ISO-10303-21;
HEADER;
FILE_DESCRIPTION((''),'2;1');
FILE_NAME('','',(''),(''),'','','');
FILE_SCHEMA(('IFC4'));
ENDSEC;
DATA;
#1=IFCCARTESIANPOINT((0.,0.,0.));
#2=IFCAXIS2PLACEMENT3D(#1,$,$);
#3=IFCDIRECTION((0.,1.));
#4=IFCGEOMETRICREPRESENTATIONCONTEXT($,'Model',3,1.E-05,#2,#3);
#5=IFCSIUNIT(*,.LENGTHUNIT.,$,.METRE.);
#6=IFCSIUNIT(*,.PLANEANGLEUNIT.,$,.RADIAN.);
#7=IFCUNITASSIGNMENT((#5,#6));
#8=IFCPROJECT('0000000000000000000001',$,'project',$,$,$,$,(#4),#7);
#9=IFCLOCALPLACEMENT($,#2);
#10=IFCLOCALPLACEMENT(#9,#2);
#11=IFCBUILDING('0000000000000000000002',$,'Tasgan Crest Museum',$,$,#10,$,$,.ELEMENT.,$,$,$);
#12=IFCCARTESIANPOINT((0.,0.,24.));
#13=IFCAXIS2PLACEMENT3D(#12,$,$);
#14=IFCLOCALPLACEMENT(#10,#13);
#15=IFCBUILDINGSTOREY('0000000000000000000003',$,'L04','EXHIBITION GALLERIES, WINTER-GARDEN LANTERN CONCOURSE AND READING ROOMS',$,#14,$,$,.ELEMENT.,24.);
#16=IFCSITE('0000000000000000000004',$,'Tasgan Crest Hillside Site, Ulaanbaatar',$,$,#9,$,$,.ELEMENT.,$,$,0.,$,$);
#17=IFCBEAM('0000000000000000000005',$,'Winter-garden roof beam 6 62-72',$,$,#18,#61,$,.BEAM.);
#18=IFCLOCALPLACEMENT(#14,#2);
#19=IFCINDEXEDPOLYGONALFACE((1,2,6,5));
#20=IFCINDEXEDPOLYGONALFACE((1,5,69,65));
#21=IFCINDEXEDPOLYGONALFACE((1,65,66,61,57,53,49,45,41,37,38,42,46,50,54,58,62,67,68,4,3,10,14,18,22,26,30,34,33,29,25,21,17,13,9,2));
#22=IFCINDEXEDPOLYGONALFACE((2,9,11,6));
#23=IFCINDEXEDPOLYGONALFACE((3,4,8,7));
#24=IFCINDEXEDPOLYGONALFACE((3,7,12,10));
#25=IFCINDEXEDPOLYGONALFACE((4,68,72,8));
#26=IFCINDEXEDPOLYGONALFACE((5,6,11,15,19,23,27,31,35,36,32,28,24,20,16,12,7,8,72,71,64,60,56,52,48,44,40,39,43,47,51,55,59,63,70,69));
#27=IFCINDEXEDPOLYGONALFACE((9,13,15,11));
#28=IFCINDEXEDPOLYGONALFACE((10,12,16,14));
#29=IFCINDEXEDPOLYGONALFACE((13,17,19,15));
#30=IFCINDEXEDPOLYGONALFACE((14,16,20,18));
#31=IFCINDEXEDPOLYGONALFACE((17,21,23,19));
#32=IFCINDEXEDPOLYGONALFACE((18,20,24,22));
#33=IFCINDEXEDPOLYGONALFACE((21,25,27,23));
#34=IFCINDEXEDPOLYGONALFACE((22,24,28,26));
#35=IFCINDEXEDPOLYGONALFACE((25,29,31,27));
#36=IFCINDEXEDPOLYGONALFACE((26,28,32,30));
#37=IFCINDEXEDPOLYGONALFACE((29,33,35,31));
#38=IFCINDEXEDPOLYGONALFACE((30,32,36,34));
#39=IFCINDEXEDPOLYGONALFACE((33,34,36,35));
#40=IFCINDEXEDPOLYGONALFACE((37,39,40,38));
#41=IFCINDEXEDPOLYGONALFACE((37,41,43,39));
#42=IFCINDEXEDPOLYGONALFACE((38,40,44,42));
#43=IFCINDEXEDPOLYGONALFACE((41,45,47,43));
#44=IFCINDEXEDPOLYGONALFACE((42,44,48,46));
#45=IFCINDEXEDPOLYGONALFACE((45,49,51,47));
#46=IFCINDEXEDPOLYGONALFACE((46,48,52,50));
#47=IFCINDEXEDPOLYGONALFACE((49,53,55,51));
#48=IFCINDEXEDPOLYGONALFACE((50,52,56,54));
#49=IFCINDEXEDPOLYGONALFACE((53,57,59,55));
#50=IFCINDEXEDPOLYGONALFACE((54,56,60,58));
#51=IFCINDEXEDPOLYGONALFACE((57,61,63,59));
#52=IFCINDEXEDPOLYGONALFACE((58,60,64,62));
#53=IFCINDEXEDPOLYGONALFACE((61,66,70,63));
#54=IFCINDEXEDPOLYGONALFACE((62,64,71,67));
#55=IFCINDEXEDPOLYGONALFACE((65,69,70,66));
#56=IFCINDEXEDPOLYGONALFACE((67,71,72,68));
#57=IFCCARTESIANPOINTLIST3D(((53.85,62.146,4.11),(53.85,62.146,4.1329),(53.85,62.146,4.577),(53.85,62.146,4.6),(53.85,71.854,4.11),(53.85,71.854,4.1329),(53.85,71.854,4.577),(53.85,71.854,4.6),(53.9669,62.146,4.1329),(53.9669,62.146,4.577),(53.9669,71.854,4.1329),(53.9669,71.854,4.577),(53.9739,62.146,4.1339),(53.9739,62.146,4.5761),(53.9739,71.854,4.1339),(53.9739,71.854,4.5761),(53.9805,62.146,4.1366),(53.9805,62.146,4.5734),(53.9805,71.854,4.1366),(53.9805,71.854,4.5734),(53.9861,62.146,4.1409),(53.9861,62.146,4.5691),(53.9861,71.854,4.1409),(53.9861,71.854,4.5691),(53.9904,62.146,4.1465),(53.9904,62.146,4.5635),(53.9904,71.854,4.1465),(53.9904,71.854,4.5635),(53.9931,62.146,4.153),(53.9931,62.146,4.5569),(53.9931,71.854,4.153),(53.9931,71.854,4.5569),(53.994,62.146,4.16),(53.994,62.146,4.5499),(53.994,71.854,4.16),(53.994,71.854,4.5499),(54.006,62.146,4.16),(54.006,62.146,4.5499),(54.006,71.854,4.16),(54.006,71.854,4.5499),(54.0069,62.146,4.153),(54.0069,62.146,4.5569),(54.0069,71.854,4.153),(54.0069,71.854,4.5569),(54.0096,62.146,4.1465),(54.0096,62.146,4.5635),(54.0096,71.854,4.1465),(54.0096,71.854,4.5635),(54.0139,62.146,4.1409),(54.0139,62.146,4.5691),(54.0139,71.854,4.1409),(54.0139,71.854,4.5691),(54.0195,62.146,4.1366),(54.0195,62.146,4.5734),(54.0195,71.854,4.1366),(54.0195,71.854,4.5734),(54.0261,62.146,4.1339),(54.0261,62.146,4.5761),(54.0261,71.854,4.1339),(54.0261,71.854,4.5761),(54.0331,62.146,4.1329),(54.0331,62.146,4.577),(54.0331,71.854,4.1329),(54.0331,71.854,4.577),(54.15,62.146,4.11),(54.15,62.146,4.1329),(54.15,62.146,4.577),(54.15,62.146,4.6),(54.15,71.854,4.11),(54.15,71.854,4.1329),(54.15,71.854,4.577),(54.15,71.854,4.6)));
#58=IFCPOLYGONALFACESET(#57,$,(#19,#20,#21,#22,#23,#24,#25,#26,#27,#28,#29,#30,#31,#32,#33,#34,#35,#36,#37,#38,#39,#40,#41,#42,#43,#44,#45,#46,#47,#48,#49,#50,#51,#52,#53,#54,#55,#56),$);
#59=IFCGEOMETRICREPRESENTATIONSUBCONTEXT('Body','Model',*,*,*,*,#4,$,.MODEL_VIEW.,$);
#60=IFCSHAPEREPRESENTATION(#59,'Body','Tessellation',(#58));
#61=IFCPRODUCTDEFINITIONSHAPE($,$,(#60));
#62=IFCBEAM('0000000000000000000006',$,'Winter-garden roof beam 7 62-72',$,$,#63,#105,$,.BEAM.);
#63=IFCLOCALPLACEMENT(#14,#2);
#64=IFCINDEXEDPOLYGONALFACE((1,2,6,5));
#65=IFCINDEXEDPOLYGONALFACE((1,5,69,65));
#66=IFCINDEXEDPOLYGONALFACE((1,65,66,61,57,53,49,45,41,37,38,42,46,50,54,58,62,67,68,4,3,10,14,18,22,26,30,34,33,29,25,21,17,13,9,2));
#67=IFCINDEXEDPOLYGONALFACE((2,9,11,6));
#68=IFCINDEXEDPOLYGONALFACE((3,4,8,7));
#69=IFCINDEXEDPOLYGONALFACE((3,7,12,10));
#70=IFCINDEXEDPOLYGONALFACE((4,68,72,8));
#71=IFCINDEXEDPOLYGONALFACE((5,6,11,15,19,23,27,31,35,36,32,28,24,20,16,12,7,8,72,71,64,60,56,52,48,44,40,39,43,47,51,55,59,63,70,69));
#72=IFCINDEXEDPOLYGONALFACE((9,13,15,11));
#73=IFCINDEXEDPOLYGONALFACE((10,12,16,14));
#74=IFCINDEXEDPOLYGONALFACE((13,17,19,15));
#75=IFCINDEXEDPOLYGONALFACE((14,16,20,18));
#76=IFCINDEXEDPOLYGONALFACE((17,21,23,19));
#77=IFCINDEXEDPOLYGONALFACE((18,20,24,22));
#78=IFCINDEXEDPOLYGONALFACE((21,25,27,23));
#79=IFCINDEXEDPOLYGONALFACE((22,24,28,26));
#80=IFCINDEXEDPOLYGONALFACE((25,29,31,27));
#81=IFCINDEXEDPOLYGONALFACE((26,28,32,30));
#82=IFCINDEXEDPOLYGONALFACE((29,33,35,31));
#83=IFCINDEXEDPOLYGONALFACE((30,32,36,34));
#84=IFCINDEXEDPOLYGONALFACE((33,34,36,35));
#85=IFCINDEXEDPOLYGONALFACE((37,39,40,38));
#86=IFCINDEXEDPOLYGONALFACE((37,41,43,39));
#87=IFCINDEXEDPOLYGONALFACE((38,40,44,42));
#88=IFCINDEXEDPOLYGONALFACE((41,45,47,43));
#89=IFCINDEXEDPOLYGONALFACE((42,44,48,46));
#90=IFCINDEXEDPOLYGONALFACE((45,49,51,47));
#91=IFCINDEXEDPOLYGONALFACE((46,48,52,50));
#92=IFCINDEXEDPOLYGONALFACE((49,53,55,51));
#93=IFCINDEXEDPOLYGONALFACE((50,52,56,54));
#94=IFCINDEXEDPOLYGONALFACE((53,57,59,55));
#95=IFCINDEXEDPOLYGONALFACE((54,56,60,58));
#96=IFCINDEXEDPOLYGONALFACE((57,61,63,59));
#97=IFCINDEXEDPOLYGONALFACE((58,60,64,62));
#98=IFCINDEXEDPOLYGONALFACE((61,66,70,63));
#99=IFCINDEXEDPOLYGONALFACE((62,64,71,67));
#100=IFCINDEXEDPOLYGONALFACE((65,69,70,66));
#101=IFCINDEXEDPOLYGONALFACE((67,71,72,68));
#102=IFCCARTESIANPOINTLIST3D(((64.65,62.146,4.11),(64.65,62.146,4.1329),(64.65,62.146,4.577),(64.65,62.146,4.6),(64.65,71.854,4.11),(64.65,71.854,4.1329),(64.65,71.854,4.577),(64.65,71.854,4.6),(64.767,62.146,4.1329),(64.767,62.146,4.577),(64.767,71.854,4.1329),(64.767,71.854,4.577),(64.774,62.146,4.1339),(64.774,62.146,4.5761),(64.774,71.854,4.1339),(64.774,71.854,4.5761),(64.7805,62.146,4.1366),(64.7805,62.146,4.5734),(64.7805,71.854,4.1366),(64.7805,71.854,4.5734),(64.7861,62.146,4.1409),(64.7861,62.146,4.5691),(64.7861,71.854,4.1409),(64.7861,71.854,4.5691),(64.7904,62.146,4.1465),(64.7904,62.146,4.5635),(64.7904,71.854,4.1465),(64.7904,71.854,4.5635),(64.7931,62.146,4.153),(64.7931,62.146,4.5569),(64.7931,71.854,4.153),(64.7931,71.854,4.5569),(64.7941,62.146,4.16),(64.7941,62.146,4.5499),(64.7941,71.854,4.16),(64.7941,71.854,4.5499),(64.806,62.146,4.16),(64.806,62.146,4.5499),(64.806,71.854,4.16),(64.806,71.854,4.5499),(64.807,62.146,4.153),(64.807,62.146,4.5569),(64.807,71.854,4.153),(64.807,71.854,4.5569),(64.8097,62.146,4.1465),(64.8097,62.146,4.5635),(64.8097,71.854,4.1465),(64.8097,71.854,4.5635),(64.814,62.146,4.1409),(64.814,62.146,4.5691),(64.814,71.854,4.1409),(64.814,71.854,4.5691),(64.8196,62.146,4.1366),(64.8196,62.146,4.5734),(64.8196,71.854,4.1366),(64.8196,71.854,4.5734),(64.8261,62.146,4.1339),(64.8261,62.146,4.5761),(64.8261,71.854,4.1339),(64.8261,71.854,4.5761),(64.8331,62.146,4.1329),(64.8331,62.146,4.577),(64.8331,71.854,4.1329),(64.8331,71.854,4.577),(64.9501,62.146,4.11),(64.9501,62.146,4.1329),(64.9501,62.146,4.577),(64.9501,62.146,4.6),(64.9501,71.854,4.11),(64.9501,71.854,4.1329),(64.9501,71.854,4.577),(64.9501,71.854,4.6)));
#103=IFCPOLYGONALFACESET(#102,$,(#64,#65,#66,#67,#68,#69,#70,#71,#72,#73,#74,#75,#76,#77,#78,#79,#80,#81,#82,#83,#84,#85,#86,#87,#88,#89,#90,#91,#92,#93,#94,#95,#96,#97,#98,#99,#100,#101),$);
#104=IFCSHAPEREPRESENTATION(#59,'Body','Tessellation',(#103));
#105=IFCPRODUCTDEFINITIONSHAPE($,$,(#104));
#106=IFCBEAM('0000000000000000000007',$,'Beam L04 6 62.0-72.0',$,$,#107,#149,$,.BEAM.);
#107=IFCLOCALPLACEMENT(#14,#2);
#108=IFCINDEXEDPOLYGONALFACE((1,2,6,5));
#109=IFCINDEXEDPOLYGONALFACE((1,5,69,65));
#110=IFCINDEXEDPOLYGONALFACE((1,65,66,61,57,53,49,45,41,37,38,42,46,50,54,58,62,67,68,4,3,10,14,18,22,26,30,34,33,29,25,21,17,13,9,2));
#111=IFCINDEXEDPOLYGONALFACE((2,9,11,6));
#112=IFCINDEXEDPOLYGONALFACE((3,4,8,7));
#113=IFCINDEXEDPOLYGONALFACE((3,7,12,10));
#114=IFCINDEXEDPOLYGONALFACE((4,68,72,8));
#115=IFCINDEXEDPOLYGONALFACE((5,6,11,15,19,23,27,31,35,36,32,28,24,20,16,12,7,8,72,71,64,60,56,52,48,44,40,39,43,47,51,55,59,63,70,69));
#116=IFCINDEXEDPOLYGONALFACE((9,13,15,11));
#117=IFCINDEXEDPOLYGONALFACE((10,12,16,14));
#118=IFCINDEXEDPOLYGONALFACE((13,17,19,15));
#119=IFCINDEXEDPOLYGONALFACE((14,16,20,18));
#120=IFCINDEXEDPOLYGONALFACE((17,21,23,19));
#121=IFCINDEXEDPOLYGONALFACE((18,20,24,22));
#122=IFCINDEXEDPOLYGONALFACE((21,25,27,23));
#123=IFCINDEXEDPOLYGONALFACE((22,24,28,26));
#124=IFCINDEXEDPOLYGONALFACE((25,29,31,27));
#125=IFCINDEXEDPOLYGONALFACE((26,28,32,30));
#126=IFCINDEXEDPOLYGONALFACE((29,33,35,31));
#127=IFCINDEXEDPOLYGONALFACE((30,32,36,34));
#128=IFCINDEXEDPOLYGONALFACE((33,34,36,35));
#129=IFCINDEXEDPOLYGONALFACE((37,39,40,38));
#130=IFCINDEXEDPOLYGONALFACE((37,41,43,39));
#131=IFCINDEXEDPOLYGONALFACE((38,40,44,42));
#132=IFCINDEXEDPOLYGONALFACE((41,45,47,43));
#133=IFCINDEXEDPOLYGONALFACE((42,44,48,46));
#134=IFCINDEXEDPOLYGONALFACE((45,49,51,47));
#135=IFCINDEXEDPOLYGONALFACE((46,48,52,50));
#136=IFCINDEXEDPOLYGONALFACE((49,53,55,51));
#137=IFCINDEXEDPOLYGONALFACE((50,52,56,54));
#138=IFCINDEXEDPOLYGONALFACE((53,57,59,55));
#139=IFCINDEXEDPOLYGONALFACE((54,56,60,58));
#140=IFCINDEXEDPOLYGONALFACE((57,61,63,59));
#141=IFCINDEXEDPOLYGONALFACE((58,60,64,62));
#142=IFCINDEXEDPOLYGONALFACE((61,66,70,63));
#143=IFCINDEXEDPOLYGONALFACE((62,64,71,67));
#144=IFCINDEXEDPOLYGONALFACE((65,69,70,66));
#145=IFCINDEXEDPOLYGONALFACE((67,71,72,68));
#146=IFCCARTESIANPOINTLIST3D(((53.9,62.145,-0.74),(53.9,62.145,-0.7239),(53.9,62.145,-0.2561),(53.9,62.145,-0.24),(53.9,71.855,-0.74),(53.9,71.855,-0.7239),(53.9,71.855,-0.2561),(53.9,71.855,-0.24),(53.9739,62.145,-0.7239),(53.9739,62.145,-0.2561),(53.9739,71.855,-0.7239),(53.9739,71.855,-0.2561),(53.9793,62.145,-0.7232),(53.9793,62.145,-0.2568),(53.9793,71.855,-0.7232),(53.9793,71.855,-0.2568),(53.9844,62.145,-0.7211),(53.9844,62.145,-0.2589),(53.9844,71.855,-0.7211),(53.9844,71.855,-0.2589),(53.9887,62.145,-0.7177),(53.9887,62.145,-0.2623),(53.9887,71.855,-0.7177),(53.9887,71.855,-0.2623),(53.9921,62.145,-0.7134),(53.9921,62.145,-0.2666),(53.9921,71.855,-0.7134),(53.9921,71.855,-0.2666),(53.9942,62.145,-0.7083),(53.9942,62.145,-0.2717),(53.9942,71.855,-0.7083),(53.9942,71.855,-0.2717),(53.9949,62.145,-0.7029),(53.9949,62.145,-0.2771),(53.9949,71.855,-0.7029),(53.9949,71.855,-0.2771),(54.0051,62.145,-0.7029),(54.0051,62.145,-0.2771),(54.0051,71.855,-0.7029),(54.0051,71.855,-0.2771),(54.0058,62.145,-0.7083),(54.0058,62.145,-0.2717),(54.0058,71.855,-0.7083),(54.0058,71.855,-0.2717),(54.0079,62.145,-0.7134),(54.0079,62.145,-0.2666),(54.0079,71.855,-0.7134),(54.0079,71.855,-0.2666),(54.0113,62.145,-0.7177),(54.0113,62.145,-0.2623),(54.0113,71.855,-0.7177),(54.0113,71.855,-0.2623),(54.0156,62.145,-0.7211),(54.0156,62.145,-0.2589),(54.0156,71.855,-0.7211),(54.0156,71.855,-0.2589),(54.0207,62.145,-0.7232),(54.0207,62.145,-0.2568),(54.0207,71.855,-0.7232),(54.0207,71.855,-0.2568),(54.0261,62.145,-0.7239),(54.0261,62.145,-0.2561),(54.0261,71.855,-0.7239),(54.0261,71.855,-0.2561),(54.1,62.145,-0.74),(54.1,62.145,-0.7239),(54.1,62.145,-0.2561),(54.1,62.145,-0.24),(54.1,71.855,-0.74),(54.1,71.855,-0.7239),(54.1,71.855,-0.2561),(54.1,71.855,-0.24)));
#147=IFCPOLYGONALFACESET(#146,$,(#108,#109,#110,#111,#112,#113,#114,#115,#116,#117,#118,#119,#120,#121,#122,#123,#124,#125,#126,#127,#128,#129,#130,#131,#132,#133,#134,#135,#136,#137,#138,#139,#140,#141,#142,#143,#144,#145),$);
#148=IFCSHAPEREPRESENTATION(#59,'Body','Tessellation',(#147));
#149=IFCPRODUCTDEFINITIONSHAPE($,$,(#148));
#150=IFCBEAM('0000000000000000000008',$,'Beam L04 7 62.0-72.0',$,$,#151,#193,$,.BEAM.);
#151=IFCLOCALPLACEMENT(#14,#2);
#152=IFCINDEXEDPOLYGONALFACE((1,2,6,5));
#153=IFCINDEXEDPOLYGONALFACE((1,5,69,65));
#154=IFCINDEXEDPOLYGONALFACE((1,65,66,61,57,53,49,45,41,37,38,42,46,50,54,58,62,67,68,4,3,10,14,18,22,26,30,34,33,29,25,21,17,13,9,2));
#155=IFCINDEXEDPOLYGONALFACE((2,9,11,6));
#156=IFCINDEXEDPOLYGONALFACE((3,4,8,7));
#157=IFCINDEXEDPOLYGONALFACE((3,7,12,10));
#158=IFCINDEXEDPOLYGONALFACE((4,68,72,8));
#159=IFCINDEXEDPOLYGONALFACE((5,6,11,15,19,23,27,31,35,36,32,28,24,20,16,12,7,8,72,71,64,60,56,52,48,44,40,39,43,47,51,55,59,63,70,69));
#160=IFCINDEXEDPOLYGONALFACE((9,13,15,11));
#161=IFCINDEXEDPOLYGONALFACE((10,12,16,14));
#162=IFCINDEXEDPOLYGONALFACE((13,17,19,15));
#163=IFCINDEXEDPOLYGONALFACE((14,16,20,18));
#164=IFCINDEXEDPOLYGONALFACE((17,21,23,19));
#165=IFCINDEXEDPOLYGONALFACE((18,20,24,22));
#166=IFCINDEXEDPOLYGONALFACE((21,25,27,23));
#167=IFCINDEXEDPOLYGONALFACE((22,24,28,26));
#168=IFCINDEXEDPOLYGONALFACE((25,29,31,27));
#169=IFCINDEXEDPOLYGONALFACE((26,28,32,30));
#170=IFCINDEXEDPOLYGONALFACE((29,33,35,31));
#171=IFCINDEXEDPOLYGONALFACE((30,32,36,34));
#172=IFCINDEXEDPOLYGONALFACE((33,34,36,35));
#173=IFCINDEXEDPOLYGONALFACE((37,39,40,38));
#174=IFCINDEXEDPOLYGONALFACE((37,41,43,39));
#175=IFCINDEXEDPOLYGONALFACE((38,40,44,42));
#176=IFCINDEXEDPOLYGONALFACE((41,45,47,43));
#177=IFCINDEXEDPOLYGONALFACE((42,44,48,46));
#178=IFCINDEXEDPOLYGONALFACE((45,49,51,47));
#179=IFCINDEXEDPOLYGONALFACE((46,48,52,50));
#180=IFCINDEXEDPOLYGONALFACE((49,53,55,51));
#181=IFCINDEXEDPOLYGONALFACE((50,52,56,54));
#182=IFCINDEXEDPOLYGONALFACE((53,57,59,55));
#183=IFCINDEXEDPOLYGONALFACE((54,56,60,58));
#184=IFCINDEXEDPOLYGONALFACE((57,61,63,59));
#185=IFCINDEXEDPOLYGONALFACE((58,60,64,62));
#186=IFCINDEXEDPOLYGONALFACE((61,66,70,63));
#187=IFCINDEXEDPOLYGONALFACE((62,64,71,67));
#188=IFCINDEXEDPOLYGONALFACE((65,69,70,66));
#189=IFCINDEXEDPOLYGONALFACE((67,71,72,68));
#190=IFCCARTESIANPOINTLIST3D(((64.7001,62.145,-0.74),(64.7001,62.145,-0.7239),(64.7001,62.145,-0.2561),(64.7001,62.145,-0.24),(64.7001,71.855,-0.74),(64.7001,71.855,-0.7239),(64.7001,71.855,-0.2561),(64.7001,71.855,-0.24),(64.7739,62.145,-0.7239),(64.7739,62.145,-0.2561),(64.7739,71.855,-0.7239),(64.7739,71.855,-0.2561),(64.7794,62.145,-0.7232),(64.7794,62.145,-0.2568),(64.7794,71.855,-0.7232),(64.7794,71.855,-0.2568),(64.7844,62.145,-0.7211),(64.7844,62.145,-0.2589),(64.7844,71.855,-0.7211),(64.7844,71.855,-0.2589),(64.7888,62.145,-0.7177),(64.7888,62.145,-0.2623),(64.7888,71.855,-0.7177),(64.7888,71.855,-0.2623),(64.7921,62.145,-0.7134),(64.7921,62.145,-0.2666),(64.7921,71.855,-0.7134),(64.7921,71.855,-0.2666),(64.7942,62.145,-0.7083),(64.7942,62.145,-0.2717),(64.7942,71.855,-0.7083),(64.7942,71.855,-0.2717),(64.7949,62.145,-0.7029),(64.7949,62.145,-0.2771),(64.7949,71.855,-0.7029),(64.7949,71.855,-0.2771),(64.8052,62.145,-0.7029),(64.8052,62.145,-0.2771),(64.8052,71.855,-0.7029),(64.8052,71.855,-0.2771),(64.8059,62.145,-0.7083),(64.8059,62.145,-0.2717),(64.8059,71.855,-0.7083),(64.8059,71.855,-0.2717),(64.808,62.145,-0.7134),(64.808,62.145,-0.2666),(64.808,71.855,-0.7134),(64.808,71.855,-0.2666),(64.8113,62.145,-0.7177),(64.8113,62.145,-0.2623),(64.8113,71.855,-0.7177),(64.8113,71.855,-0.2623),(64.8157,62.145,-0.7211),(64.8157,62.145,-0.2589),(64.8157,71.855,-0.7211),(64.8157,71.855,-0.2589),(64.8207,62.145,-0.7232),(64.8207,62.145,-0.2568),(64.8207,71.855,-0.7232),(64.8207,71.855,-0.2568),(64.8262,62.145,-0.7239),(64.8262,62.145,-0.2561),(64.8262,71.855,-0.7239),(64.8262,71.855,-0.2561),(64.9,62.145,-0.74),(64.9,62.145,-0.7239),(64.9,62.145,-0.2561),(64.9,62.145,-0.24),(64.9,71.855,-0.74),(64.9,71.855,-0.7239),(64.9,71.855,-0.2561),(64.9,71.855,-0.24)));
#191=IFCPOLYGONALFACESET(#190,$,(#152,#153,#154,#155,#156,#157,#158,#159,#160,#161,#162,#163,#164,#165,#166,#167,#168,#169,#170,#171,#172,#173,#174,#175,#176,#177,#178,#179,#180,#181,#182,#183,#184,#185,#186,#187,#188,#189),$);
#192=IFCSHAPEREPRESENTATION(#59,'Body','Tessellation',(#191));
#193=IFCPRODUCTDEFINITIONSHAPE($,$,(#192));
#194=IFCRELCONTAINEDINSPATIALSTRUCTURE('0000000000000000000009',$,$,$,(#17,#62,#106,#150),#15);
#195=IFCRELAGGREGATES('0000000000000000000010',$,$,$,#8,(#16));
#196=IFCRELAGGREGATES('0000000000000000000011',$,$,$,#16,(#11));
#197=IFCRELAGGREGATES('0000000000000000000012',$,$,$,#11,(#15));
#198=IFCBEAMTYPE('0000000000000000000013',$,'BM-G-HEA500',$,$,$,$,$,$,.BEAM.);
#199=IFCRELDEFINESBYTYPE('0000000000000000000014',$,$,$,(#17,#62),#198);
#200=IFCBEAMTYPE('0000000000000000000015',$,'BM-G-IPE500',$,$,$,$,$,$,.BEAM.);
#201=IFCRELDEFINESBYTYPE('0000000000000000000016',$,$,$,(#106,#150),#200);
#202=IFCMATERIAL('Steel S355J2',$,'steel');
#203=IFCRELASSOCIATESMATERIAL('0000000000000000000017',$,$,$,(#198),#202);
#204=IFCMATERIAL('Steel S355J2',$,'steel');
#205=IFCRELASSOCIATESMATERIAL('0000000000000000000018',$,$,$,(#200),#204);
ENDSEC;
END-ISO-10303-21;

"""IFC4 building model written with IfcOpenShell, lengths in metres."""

from ifc_helpers import new_model, si_unit, direction, frame, origin, origin_2d, place, context, subcontext, project, spatial, i_section, extrude, material, material_profile, profile_set, type_object, element, save


model = new_model("IFC4")

# Units and contexts
model_context = context("Model", 3, precision=1e-05, world=origin(), true_north=direction((0.0, 1.0)))
body_context = subcontext(model_context, "Body", "Model", "MODEL_VIEW")
ifc_project = project(units=[si_unit("LENGTHUNIT", "METRE"), si_unit("PLANEANGLEUNIT", "RADIAN")], contexts=[model_context])

# Site, building, storey
site_placement = place(None, origin())
site = spatial("IfcSite", under=ifc_project, at=site_placement, Name="Tasgan Crest Hillside Site, Ulaanbaatar", CompositionType="ELEMENT", RefElevation=0.0)
building_placement = place(site_placement, origin())
building = spatial("IfcBuilding", under=site, at=building_placement, Name="Tasgan Crest Museum", CompositionType="ELEMENT")
storey_placement = place(building_placement, frame((0.0, 0.0, 24.0)))
storey = spatial("IfcBuildingStorey", under=building, at=storey_placement, Name="L04", Description="EXHIBITION GALLERIES, WINTER-GARDEN LANTERN CONCOURSE AND READING ROOMS", CompositionType="ELEMENT", Elevation=24.0)

# Beams
ifc_material_1 = material(Name="Steel S355J2", Category="steel")
ifc_material_profile_1 = material_profile(ifc_material_1, i_section(OverallWidth=0.3, OverallDepth=0.49, WebThickness=0.012, FlangeThickness=0.0229, FilletRadius=0.0271, at=origin_2d()), Name="HEA 500")
ifc_profile_set_1 = profile_set([ifc_material_profile_1], Name="Steel S355J2")
beam_type_1 = type_object("IfcBeamType", Name="BM-G-HEA500", PredefinedType="BEAM", material=ifc_profile_set_1)
for number, where, z_axis, x_axis, name in (
    (1, (54.0, 62.146, 4.355), (0.0, 1.0, 0.0), (-1.0, 0.0, 0.0), "Winter-garden roof beam 6 62-72"),
    (2, (64.8, 62.146, 4.355), (0.0, 1.0, 0.0), (-1.0, 0.0, 0.0), "Winter-garden roof beam 7 62-72"),
):
    element("IfcBeam", number, at=place(storey_placement, frame(where, z_axis=z_axis, x_axis=x_axis)), inside=storey, type_object=beam_type_1, Name=name, PredefinedType="BEAM", context=body_context, shape_type="SweptSolid", body=[
        extrude(i_section(OverallWidth=0.3, OverallDepth=0.49, WebThickness=0.012, FlangeThickness=0.0229, FilletRadius=0.0271, at=origin_2d()), origin(), (0.0, 0.0, 1.0), 9.708),
    ])
ifc_material_2 = material(Name="Steel S355J2", Category="steel")
ifc_material_profile_2 = material_profile(ifc_material_2, i_section(OverallWidth=0.2, OverallDepth=0.5, WebThickness=0.0103, FlangeThickness=0.0161, FilletRadius=0.021, at=origin_2d()), Name="IPE 500")
ifc_profile_set_2 = profile_set([ifc_material_profile_2], Name="Steel S355J2")
beam_type_2 = type_object("IfcBeamType", Name="BM-G-IPE500", PredefinedType="BEAM", material=ifc_profile_set_2)
for number, where, z_axis, x_axis, name in (
    (3, (54.0, 62.145, -0.49), (0.0, 1.0, 0.0), (-1.0, 0.0, 0.0), "Beam L04 6 62.0-72.0"),
    (4, (64.8, 62.145, -0.49), (0.0, 1.0, 0.0), (-1.0, 0.0, 0.0), "Beam L04 7 62.0-72.0"),
):
    element("IfcBeam", number, at=place(storey_placement, frame(where, z_axis=z_axis, x_axis=x_axis)), inside=storey, type_object=beam_type_2, Name=name, PredefinedType="BEAM", context=body_context, shape_type="SweptSolid", body=[
        extrude(i_section(OverallWidth=0.2, OverallDepth=0.5, WebThickness=0.0103, FlangeThickness=0.0161, FilletRadius=0.021, at=origin_2d()), origin(), (0.0, 0.0, 1.0), 9.71),
    ])

save(model, "model.ifc")
